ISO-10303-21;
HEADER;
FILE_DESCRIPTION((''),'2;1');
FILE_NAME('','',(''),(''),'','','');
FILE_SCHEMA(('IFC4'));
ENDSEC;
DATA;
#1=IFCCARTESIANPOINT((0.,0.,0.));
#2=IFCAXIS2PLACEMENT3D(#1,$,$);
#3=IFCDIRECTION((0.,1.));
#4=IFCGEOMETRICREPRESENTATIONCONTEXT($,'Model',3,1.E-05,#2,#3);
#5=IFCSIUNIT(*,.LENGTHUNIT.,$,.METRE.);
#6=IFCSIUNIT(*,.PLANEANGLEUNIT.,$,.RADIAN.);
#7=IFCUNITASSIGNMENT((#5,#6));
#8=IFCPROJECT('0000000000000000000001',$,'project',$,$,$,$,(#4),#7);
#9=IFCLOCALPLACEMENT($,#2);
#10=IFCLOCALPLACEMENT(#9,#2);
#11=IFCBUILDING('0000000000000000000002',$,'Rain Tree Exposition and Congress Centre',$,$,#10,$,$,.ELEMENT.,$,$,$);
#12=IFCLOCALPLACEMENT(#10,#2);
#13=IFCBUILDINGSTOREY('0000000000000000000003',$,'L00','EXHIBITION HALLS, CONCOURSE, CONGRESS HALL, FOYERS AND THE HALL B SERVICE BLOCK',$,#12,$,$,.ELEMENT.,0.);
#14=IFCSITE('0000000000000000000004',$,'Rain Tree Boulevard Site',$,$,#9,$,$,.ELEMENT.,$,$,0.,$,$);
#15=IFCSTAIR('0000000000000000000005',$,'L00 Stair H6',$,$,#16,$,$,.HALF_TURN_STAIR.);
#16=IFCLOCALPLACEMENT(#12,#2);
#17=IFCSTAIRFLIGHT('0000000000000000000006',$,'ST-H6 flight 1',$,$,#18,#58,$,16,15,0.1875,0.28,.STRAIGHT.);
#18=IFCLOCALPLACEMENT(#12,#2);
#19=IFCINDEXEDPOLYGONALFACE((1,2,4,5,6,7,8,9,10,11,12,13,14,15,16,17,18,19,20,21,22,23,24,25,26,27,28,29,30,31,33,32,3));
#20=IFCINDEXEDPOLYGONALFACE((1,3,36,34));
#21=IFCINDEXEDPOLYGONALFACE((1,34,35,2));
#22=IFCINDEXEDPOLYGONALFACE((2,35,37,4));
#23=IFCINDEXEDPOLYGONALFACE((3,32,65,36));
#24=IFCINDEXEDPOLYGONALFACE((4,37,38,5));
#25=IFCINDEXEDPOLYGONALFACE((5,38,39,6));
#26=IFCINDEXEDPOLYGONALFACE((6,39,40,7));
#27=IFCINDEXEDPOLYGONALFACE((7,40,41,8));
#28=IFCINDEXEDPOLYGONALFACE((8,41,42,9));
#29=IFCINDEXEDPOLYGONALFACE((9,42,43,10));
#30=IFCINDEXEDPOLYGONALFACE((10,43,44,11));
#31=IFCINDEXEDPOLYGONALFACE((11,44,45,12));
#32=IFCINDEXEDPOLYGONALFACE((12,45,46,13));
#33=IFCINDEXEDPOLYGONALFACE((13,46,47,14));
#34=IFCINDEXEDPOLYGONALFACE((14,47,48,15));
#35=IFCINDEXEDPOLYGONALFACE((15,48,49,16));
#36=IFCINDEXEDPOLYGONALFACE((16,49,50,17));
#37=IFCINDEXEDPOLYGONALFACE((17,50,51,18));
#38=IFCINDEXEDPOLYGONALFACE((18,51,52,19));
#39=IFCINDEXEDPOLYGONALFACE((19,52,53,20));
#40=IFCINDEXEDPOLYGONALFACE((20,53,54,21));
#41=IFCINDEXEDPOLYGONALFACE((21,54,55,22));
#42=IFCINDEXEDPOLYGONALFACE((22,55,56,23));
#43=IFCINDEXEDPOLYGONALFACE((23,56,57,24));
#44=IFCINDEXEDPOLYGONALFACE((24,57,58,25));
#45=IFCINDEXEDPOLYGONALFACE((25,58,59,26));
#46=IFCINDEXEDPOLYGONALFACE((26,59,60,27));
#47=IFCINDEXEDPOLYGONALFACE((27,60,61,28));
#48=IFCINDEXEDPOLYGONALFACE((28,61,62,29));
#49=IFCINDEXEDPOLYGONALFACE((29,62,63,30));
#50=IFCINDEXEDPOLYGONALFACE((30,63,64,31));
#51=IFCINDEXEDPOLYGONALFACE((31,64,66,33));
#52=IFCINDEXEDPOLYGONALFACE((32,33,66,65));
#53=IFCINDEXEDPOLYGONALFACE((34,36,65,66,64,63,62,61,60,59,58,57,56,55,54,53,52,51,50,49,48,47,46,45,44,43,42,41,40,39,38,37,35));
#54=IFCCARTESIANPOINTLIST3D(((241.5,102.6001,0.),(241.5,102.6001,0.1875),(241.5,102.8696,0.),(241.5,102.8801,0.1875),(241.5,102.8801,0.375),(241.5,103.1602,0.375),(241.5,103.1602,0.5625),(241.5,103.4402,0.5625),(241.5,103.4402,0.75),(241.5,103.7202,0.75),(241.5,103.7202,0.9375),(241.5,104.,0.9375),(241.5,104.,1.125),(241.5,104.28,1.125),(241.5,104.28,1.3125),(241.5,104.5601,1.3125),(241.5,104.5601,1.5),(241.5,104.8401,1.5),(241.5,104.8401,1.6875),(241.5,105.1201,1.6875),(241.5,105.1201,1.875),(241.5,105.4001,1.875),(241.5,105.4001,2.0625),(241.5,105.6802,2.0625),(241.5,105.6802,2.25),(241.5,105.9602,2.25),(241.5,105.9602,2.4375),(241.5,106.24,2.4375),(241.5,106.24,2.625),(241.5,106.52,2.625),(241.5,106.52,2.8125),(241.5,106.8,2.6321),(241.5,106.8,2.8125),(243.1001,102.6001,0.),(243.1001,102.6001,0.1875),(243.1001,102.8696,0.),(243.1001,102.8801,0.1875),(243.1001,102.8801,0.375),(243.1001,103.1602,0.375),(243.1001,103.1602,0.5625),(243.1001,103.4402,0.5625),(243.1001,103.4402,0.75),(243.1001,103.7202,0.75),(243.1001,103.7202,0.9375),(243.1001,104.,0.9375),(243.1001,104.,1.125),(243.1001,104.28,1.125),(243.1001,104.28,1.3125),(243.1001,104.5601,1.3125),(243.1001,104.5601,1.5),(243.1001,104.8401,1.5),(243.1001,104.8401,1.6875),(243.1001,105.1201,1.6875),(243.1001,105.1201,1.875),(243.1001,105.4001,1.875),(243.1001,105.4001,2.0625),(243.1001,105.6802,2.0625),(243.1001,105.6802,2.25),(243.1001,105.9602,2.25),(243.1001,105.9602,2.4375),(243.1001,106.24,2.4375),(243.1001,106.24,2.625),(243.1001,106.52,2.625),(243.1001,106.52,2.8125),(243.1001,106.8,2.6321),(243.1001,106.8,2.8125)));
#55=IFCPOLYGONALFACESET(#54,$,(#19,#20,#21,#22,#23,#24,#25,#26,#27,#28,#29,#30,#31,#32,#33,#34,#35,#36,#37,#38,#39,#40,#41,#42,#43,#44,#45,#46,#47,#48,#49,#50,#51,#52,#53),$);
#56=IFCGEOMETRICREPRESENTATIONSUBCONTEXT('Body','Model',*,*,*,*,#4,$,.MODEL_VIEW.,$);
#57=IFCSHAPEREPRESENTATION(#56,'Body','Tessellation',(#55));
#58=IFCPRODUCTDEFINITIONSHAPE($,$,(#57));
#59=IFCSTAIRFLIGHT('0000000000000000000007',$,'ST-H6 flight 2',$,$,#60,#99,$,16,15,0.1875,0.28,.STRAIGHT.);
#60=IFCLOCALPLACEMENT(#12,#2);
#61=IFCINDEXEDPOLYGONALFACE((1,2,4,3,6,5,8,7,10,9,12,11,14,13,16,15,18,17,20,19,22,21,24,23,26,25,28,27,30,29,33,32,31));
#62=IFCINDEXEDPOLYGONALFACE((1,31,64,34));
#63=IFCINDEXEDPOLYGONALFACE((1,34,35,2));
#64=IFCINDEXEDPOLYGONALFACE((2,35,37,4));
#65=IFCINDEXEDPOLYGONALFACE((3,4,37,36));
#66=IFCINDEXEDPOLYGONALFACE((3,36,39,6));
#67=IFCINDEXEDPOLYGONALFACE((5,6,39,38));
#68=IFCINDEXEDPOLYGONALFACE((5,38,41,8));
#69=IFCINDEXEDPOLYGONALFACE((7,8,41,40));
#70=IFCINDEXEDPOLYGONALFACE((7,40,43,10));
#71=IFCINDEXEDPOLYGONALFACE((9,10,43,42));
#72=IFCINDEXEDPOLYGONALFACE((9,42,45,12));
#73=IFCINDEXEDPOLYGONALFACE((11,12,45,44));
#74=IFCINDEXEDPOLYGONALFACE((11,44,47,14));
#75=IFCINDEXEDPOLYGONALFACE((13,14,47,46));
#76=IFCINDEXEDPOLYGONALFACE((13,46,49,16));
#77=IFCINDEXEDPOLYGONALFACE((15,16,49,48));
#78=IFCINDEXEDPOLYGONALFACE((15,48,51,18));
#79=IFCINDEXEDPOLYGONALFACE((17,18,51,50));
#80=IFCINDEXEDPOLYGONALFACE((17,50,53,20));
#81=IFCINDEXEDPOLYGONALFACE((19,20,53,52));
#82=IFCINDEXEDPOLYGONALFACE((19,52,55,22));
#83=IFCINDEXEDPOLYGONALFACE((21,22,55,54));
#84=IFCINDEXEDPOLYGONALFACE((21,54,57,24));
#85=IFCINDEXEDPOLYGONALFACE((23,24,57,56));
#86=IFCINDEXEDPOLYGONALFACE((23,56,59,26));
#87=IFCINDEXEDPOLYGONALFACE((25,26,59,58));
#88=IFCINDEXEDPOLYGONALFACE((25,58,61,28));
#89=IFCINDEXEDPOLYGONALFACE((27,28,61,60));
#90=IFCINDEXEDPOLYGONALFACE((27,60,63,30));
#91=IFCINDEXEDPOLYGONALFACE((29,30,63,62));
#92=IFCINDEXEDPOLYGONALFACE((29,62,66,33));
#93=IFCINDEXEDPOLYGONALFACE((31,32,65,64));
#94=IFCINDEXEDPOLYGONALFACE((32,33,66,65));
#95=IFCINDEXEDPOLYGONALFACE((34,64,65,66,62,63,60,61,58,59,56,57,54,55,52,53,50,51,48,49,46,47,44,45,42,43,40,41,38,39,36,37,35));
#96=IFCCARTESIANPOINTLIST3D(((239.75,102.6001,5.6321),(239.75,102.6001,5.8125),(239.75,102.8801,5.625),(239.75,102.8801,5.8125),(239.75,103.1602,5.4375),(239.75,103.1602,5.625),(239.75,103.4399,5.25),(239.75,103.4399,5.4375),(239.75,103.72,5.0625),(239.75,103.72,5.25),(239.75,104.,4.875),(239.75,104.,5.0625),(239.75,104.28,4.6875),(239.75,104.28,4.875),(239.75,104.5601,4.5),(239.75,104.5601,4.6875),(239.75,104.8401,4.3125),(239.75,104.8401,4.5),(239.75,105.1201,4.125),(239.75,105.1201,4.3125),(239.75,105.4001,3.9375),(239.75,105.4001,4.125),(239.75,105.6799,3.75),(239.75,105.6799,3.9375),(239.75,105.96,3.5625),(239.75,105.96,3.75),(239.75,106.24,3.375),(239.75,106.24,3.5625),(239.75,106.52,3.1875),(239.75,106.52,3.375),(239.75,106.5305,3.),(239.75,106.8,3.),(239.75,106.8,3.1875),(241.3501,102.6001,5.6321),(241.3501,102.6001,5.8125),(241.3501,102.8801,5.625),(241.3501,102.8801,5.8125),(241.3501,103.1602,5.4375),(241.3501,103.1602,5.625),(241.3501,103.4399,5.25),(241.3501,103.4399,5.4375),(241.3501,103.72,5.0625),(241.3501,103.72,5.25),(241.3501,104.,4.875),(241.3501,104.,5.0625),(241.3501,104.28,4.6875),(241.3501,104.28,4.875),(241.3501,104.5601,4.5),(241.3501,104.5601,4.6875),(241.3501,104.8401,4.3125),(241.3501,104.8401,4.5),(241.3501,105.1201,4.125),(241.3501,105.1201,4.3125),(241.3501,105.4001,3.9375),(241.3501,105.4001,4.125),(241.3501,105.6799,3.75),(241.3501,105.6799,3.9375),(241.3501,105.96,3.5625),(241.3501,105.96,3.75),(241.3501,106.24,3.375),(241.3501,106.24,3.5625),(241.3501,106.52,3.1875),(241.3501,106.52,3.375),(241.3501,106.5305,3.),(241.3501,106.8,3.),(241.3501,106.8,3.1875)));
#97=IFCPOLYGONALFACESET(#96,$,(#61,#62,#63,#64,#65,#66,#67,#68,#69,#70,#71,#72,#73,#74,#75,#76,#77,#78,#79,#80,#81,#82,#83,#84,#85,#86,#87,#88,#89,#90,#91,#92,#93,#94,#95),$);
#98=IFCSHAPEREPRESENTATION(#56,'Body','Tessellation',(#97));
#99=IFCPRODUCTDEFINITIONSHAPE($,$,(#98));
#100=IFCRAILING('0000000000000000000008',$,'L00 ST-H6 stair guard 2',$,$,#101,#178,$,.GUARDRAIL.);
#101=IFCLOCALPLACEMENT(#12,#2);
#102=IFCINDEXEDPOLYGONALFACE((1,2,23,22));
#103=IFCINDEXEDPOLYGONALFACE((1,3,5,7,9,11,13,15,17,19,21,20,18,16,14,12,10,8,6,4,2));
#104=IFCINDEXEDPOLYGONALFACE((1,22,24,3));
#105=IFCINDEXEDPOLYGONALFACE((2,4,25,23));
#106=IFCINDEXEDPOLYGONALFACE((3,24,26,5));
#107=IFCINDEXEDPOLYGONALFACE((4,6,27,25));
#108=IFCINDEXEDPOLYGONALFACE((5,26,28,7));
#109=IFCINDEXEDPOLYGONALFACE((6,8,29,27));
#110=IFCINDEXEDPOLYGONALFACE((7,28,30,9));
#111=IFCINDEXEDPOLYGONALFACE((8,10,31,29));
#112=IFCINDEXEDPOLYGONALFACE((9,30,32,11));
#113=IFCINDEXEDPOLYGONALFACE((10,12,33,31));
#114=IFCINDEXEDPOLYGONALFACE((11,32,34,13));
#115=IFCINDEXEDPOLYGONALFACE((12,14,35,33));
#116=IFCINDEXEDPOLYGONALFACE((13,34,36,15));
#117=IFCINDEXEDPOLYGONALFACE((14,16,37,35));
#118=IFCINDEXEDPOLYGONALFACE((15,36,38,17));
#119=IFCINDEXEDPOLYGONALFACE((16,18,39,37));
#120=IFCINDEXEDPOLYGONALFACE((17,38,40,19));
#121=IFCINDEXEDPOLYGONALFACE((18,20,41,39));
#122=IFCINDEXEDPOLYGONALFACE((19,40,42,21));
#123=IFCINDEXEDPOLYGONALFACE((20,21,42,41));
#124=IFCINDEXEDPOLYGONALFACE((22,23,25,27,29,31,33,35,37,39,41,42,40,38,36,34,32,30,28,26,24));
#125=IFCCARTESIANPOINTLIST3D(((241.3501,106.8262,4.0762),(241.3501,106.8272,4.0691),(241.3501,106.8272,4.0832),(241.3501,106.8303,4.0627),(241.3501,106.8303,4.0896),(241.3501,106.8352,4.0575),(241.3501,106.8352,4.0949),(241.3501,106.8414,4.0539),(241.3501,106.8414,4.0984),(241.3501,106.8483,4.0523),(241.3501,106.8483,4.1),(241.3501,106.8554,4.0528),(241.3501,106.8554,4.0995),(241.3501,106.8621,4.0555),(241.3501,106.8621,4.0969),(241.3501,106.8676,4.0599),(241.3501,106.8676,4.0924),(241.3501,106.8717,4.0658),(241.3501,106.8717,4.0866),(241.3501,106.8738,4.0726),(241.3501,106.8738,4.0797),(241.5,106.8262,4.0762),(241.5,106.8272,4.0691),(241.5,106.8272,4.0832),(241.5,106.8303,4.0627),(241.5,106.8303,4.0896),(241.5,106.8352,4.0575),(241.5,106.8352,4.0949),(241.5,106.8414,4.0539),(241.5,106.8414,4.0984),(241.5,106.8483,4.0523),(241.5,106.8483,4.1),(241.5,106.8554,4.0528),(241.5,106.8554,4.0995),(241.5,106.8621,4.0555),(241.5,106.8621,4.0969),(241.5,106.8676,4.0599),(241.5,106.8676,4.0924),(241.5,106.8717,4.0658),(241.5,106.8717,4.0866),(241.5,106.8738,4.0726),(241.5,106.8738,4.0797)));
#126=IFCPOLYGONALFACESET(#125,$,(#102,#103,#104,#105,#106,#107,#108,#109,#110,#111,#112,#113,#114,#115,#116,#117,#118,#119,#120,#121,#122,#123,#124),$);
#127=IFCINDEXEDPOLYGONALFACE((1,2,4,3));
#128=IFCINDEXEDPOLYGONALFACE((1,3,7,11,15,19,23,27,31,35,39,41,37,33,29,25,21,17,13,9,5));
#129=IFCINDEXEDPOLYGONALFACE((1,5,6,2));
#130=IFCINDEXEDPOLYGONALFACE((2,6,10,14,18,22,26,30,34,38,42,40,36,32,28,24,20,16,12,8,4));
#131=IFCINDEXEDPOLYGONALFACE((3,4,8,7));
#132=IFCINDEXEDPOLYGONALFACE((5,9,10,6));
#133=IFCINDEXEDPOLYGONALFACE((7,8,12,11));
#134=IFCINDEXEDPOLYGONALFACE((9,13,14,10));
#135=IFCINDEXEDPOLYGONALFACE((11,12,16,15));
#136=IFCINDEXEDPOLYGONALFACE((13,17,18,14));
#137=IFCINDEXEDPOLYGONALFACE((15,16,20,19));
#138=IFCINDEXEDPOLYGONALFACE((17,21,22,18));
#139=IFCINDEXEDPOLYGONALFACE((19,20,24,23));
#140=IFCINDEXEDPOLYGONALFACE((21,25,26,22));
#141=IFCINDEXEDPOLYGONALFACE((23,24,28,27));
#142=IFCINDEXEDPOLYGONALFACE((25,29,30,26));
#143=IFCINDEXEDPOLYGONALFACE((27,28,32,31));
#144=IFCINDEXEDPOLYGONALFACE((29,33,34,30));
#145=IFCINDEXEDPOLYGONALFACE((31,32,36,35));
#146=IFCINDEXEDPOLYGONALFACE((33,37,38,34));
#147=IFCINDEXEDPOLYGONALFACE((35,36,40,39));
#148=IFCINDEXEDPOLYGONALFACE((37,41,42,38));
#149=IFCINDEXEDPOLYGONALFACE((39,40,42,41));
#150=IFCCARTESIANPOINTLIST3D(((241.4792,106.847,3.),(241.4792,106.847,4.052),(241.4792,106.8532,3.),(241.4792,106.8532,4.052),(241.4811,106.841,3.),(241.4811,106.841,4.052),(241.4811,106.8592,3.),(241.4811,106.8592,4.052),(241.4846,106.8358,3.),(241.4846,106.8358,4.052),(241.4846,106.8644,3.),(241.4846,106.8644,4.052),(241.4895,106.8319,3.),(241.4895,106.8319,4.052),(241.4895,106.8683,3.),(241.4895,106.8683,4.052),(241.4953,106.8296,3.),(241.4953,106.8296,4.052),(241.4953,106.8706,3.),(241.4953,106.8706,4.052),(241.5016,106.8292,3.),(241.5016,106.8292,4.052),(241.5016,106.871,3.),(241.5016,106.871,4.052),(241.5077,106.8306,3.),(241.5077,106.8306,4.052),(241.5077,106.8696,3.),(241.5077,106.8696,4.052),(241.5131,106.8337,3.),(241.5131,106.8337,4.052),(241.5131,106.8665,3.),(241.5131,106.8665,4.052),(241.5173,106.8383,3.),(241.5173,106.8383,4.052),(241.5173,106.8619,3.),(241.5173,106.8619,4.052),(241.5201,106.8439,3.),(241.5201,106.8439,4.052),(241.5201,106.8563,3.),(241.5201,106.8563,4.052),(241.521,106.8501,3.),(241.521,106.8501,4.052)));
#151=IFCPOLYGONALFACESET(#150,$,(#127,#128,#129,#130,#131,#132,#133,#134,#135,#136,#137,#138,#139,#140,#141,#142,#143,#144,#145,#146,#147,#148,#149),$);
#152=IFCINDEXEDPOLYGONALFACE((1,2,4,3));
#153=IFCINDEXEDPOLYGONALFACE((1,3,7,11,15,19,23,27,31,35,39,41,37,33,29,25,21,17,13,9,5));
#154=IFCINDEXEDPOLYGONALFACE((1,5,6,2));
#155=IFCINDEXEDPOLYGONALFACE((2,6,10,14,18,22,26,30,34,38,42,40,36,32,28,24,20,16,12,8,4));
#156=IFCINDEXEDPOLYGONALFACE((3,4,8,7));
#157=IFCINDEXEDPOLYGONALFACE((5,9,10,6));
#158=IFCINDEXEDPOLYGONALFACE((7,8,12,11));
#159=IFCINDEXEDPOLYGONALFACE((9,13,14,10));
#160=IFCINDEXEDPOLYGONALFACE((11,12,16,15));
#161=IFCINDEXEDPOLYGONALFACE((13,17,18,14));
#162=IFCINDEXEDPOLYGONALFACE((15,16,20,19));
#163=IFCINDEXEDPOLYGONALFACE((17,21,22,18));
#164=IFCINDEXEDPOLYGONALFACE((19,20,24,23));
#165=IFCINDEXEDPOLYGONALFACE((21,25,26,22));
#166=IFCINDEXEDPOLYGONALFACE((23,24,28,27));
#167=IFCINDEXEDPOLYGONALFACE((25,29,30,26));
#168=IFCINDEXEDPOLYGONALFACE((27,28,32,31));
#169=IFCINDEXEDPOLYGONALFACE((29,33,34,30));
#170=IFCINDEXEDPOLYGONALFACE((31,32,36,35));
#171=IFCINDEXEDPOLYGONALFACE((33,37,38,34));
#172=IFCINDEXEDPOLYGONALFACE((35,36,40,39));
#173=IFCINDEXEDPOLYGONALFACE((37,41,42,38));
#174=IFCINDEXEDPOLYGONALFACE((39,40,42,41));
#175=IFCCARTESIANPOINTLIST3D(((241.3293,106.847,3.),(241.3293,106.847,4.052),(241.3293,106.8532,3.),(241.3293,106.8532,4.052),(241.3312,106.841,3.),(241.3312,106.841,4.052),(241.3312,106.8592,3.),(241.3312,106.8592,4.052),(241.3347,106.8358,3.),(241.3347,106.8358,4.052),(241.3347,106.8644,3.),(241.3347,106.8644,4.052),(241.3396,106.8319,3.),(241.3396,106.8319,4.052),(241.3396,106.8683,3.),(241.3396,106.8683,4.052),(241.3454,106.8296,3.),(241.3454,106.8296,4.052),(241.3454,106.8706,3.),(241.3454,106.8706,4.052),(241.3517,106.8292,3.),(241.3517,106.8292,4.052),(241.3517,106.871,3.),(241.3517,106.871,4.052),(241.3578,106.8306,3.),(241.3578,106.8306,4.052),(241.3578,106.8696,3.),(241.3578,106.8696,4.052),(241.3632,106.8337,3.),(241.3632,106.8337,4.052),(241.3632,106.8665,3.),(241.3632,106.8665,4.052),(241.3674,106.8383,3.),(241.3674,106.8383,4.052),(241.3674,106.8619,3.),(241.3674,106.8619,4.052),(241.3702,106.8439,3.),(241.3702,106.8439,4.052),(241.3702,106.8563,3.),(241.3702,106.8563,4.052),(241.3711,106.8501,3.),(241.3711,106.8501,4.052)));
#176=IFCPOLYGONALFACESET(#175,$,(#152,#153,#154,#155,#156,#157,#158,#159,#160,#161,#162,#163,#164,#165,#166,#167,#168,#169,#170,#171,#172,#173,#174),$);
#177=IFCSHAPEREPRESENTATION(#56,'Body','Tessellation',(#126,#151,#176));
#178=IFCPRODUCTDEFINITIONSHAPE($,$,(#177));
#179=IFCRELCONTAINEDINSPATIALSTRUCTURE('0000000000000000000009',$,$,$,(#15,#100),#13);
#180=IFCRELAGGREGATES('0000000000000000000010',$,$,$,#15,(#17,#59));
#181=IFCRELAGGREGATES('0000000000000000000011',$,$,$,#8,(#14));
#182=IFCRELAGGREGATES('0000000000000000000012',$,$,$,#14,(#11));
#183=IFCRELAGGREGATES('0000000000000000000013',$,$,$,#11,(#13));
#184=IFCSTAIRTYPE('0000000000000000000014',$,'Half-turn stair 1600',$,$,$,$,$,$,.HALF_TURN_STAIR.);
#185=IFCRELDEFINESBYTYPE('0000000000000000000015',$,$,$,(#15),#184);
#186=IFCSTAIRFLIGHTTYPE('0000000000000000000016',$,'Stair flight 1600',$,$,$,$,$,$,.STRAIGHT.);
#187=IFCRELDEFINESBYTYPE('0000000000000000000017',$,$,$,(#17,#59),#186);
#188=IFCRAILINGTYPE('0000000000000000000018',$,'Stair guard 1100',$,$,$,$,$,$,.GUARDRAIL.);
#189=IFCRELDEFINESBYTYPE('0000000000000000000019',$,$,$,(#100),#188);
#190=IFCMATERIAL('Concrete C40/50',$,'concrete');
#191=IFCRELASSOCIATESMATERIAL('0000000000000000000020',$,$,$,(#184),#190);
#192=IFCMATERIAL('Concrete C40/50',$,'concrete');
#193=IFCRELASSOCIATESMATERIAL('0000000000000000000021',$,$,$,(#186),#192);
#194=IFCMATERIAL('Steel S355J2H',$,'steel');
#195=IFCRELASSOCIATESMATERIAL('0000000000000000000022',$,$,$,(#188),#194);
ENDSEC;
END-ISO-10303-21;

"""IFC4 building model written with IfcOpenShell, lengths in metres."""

from ifc_helpers import new_model, si_unit, direction, frame, origin, origin_2d, place, context, subcontext, project, spatial, polyline, circle, outline, extrude, material, type_object, element, aggregate, save


model = new_model("IFC4")

# Units and contexts
model_context = context("Model", 3, precision=1e-05, world=origin(), true_north=direction((0.0, 1.0)))
body_context = subcontext(model_context, "Body", "Model", "MODEL_VIEW")
ifc_project = project(units=[si_unit("LENGTHUNIT", "METRE"), si_unit("PLANEANGLEUNIT", "RADIAN")], contexts=[model_context])

# Site, building, storey
site_placement = place(None, origin())
site = spatial("IfcSite", under=ifc_project, at=site_placement, Name="Rain Tree Boulevard Site", CompositionType="ELEMENT", RefElevation=0.0)
building_placement = place(site_placement, origin())
building = spatial("IfcBuilding", under=site, at=building_placement, Name="Rain Tree Exposition and Congress Centre", CompositionType="ELEMENT")
storey_placement = place(building_placement, origin())
storey = spatial("IfcBuildingStorey", under=building, at=storey_placement, Name="L00", Description="EXHIBITION HALLS, CONCOURSE, CONGRESS HALL, FOYERS AND THE HALL B SERVICE BLOCK", CompositionType="ELEMENT", Elevation=0.0)

# Stair, stair flights
ifc_material_1 = material(Name="Concrete C40/50", Category="concrete")
stair_type = type_object("IfcStairType", Name="Half-turn stair 1600", PredefinedType="HALF_TURN_STAIR", material=ifc_material_1)
stair_placement = place(storey_placement, origin())
stair = element("IfcStair", 1, at=stair_placement, inside=storey, type_object=stair_type, Name="L00 Stair H6", PredefinedType="HALF_TURN_STAIR")
ifc_material_2 = material(Name="Concrete C40/50", Category="concrete")
stair_flight_type = type_object("IfcStairFlightType", Name="Stair flight 1600", PredefinedType="STRAIGHT", material=ifc_material_2)
stair_flight_1_placement = place(storey_placement, frame((242.3, 102.6001, 0.0), z_axis=(0.0, 0.0, 1.0), x_axis=(0.0, 1.0, 0.0)))
stair_flight_1 = element("IfcStairFlight", 2, at=stair_flight_1_placement, type_object=stair_flight_type, Name="ST-H6 flight 1", NumberOfRisers=16, NumberOfTreads=15, PredefinedType="STRAIGHT", RiserHeight=0.1875, TreadLength=0.28, context=body_context, shape_type="SweptSolid", body=[
    extrude(outline(polyline([(0.0, 0.0), (0.0, 0.1875), (0.28, 0.1875), (0.28, 0.375), (0.5601, 0.375), (0.5601, 0.5625), (0.8401, 0.5625), (0.8401, 0.75), (1.1201, 0.75), (1.1201, 0.9375), (1.3999, 0.9375), (1.3999, 1.125), (1.6799, 1.125), (1.6799, 1.3125), (1.96, 1.3125), (1.96, 1.5), (2.24, 1.5), (2.24, 1.6875), (2.52, 1.6875), (2.52, 1.875), (2.8, 1.875), (2.8, 2.0625), (3.0801, 2.0625), (3.0801, 2.25), (3.3601, 2.25), (3.3601, 2.4375), (3.6399, 2.4375), (3.6399, 2.625), (3.9199, 2.625), (3.9199, 2.8125), (4.2, 2.8125), (4.2, 3.0), (4.2, 2.6321), (0.2695, 0.0), (0.0, 0.0)])), frame((0.0, 0.8, 0.0), z_axis=(0.0, -1.0, 0.0), x_axis=(1.0, 0.0, 0.0)), (0.0, 0.0, 1.0), 1.6001),
])
stair_flight_2_placement = place(storey_placement, frame((240.55, 106.8, 3.0), z_axis=(0.0, 0.0, 1.0), x_axis=(0.0, -1.0, 0.0)))
stair_flight_2 = element("IfcStairFlight", 3, at=stair_flight_2_placement, type_object=stair_flight_type, Name="ST-H6 flight 2", NumberOfRisers=16, NumberOfTreads=15, PredefinedType="STRAIGHT", RiserHeight=0.1875, TreadLength=0.28, context=body_context, shape_type="SweptSolid", body=[
    extrude(outline(polyline([(0.0, 0.0), (0.0, 0.1875), (0.28, 0.1875), (0.28, 0.375), (0.5601, 0.375), (0.5601, 0.5625), (0.8401, 0.5625), (0.8401, 0.75), (1.1201, 0.75), (1.1201, 0.9375), (1.3999, 0.9375), (1.3999, 1.125), (1.6799, 1.125), (1.6799, 1.3125), (1.96, 1.3125), (1.96, 1.5), (2.24, 1.5), (2.24, 1.6875), (2.52, 1.6875), (2.52, 1.875), (2.8, 1.875), (2.8, 2.0625), (3.0801, 2.0625), (3.0801, 2.25), (3.3601, 2.25), (3.3601, 2.4375), (3.6399, 2.4375), (3.6399, 2.625), (3.9199, 2.625), (3.9199, 2.8125), (4.2, 2.8125), (4.2, 3.0), (4.2, 2.6321), (0.2695, 0.0), (0.0, 0.0)])), frame((0.0, 0.8, 0.0), z_axis=(0.0, -1.0, 0.0), x_axis=(1.0, 0.0, 0.0)), (0.0, 0.0, 1.0), 1.6001),
])
aggregate(stair, [stair_flight_1, stair_flight_2])

# Railing
ifc_material_3 = material(Name="Steel S355J2H", Category="steel")
railing_type_1 = type_object("IfcRailingType", Name="Stair guard 1100", PredefinedType="GUARDRAIL", material=ifc_material_3)
railing_1_placement = place(storey_placement, frame((241.5, 106.8501, 3.0)))
element("IfcRailing", 4, at=railing_1_placement, inside=storey, type_object=railing_type_1, Name="L00 ST-H6 stair guard 2", PredefinedType="GUARDRAIL", context=body_context, shape_type="SweptSolid", body=[
    extrude(circle(Radius=0.0239, at=origin_2d()), frame((0.0, 0.0, 1.0762), z_axis=(-1.0, 0.0, 0.0), x_axis=(0.0, -1.0, 0.0)), (0.0, 0.0, 1.0), 0.1499),
    extrude(circle(Radius=0.021, at=origin_2d()), origin(), (0.0, 0.0, 1.0), 1.052),
    extrude(circle(Radius=0.021, at=origin_2d()), frame((-0.1499, 0.0, 0.0)), (0.0, 0.0, 1.0), 1.052),
])

save(model, "model.ifc")
